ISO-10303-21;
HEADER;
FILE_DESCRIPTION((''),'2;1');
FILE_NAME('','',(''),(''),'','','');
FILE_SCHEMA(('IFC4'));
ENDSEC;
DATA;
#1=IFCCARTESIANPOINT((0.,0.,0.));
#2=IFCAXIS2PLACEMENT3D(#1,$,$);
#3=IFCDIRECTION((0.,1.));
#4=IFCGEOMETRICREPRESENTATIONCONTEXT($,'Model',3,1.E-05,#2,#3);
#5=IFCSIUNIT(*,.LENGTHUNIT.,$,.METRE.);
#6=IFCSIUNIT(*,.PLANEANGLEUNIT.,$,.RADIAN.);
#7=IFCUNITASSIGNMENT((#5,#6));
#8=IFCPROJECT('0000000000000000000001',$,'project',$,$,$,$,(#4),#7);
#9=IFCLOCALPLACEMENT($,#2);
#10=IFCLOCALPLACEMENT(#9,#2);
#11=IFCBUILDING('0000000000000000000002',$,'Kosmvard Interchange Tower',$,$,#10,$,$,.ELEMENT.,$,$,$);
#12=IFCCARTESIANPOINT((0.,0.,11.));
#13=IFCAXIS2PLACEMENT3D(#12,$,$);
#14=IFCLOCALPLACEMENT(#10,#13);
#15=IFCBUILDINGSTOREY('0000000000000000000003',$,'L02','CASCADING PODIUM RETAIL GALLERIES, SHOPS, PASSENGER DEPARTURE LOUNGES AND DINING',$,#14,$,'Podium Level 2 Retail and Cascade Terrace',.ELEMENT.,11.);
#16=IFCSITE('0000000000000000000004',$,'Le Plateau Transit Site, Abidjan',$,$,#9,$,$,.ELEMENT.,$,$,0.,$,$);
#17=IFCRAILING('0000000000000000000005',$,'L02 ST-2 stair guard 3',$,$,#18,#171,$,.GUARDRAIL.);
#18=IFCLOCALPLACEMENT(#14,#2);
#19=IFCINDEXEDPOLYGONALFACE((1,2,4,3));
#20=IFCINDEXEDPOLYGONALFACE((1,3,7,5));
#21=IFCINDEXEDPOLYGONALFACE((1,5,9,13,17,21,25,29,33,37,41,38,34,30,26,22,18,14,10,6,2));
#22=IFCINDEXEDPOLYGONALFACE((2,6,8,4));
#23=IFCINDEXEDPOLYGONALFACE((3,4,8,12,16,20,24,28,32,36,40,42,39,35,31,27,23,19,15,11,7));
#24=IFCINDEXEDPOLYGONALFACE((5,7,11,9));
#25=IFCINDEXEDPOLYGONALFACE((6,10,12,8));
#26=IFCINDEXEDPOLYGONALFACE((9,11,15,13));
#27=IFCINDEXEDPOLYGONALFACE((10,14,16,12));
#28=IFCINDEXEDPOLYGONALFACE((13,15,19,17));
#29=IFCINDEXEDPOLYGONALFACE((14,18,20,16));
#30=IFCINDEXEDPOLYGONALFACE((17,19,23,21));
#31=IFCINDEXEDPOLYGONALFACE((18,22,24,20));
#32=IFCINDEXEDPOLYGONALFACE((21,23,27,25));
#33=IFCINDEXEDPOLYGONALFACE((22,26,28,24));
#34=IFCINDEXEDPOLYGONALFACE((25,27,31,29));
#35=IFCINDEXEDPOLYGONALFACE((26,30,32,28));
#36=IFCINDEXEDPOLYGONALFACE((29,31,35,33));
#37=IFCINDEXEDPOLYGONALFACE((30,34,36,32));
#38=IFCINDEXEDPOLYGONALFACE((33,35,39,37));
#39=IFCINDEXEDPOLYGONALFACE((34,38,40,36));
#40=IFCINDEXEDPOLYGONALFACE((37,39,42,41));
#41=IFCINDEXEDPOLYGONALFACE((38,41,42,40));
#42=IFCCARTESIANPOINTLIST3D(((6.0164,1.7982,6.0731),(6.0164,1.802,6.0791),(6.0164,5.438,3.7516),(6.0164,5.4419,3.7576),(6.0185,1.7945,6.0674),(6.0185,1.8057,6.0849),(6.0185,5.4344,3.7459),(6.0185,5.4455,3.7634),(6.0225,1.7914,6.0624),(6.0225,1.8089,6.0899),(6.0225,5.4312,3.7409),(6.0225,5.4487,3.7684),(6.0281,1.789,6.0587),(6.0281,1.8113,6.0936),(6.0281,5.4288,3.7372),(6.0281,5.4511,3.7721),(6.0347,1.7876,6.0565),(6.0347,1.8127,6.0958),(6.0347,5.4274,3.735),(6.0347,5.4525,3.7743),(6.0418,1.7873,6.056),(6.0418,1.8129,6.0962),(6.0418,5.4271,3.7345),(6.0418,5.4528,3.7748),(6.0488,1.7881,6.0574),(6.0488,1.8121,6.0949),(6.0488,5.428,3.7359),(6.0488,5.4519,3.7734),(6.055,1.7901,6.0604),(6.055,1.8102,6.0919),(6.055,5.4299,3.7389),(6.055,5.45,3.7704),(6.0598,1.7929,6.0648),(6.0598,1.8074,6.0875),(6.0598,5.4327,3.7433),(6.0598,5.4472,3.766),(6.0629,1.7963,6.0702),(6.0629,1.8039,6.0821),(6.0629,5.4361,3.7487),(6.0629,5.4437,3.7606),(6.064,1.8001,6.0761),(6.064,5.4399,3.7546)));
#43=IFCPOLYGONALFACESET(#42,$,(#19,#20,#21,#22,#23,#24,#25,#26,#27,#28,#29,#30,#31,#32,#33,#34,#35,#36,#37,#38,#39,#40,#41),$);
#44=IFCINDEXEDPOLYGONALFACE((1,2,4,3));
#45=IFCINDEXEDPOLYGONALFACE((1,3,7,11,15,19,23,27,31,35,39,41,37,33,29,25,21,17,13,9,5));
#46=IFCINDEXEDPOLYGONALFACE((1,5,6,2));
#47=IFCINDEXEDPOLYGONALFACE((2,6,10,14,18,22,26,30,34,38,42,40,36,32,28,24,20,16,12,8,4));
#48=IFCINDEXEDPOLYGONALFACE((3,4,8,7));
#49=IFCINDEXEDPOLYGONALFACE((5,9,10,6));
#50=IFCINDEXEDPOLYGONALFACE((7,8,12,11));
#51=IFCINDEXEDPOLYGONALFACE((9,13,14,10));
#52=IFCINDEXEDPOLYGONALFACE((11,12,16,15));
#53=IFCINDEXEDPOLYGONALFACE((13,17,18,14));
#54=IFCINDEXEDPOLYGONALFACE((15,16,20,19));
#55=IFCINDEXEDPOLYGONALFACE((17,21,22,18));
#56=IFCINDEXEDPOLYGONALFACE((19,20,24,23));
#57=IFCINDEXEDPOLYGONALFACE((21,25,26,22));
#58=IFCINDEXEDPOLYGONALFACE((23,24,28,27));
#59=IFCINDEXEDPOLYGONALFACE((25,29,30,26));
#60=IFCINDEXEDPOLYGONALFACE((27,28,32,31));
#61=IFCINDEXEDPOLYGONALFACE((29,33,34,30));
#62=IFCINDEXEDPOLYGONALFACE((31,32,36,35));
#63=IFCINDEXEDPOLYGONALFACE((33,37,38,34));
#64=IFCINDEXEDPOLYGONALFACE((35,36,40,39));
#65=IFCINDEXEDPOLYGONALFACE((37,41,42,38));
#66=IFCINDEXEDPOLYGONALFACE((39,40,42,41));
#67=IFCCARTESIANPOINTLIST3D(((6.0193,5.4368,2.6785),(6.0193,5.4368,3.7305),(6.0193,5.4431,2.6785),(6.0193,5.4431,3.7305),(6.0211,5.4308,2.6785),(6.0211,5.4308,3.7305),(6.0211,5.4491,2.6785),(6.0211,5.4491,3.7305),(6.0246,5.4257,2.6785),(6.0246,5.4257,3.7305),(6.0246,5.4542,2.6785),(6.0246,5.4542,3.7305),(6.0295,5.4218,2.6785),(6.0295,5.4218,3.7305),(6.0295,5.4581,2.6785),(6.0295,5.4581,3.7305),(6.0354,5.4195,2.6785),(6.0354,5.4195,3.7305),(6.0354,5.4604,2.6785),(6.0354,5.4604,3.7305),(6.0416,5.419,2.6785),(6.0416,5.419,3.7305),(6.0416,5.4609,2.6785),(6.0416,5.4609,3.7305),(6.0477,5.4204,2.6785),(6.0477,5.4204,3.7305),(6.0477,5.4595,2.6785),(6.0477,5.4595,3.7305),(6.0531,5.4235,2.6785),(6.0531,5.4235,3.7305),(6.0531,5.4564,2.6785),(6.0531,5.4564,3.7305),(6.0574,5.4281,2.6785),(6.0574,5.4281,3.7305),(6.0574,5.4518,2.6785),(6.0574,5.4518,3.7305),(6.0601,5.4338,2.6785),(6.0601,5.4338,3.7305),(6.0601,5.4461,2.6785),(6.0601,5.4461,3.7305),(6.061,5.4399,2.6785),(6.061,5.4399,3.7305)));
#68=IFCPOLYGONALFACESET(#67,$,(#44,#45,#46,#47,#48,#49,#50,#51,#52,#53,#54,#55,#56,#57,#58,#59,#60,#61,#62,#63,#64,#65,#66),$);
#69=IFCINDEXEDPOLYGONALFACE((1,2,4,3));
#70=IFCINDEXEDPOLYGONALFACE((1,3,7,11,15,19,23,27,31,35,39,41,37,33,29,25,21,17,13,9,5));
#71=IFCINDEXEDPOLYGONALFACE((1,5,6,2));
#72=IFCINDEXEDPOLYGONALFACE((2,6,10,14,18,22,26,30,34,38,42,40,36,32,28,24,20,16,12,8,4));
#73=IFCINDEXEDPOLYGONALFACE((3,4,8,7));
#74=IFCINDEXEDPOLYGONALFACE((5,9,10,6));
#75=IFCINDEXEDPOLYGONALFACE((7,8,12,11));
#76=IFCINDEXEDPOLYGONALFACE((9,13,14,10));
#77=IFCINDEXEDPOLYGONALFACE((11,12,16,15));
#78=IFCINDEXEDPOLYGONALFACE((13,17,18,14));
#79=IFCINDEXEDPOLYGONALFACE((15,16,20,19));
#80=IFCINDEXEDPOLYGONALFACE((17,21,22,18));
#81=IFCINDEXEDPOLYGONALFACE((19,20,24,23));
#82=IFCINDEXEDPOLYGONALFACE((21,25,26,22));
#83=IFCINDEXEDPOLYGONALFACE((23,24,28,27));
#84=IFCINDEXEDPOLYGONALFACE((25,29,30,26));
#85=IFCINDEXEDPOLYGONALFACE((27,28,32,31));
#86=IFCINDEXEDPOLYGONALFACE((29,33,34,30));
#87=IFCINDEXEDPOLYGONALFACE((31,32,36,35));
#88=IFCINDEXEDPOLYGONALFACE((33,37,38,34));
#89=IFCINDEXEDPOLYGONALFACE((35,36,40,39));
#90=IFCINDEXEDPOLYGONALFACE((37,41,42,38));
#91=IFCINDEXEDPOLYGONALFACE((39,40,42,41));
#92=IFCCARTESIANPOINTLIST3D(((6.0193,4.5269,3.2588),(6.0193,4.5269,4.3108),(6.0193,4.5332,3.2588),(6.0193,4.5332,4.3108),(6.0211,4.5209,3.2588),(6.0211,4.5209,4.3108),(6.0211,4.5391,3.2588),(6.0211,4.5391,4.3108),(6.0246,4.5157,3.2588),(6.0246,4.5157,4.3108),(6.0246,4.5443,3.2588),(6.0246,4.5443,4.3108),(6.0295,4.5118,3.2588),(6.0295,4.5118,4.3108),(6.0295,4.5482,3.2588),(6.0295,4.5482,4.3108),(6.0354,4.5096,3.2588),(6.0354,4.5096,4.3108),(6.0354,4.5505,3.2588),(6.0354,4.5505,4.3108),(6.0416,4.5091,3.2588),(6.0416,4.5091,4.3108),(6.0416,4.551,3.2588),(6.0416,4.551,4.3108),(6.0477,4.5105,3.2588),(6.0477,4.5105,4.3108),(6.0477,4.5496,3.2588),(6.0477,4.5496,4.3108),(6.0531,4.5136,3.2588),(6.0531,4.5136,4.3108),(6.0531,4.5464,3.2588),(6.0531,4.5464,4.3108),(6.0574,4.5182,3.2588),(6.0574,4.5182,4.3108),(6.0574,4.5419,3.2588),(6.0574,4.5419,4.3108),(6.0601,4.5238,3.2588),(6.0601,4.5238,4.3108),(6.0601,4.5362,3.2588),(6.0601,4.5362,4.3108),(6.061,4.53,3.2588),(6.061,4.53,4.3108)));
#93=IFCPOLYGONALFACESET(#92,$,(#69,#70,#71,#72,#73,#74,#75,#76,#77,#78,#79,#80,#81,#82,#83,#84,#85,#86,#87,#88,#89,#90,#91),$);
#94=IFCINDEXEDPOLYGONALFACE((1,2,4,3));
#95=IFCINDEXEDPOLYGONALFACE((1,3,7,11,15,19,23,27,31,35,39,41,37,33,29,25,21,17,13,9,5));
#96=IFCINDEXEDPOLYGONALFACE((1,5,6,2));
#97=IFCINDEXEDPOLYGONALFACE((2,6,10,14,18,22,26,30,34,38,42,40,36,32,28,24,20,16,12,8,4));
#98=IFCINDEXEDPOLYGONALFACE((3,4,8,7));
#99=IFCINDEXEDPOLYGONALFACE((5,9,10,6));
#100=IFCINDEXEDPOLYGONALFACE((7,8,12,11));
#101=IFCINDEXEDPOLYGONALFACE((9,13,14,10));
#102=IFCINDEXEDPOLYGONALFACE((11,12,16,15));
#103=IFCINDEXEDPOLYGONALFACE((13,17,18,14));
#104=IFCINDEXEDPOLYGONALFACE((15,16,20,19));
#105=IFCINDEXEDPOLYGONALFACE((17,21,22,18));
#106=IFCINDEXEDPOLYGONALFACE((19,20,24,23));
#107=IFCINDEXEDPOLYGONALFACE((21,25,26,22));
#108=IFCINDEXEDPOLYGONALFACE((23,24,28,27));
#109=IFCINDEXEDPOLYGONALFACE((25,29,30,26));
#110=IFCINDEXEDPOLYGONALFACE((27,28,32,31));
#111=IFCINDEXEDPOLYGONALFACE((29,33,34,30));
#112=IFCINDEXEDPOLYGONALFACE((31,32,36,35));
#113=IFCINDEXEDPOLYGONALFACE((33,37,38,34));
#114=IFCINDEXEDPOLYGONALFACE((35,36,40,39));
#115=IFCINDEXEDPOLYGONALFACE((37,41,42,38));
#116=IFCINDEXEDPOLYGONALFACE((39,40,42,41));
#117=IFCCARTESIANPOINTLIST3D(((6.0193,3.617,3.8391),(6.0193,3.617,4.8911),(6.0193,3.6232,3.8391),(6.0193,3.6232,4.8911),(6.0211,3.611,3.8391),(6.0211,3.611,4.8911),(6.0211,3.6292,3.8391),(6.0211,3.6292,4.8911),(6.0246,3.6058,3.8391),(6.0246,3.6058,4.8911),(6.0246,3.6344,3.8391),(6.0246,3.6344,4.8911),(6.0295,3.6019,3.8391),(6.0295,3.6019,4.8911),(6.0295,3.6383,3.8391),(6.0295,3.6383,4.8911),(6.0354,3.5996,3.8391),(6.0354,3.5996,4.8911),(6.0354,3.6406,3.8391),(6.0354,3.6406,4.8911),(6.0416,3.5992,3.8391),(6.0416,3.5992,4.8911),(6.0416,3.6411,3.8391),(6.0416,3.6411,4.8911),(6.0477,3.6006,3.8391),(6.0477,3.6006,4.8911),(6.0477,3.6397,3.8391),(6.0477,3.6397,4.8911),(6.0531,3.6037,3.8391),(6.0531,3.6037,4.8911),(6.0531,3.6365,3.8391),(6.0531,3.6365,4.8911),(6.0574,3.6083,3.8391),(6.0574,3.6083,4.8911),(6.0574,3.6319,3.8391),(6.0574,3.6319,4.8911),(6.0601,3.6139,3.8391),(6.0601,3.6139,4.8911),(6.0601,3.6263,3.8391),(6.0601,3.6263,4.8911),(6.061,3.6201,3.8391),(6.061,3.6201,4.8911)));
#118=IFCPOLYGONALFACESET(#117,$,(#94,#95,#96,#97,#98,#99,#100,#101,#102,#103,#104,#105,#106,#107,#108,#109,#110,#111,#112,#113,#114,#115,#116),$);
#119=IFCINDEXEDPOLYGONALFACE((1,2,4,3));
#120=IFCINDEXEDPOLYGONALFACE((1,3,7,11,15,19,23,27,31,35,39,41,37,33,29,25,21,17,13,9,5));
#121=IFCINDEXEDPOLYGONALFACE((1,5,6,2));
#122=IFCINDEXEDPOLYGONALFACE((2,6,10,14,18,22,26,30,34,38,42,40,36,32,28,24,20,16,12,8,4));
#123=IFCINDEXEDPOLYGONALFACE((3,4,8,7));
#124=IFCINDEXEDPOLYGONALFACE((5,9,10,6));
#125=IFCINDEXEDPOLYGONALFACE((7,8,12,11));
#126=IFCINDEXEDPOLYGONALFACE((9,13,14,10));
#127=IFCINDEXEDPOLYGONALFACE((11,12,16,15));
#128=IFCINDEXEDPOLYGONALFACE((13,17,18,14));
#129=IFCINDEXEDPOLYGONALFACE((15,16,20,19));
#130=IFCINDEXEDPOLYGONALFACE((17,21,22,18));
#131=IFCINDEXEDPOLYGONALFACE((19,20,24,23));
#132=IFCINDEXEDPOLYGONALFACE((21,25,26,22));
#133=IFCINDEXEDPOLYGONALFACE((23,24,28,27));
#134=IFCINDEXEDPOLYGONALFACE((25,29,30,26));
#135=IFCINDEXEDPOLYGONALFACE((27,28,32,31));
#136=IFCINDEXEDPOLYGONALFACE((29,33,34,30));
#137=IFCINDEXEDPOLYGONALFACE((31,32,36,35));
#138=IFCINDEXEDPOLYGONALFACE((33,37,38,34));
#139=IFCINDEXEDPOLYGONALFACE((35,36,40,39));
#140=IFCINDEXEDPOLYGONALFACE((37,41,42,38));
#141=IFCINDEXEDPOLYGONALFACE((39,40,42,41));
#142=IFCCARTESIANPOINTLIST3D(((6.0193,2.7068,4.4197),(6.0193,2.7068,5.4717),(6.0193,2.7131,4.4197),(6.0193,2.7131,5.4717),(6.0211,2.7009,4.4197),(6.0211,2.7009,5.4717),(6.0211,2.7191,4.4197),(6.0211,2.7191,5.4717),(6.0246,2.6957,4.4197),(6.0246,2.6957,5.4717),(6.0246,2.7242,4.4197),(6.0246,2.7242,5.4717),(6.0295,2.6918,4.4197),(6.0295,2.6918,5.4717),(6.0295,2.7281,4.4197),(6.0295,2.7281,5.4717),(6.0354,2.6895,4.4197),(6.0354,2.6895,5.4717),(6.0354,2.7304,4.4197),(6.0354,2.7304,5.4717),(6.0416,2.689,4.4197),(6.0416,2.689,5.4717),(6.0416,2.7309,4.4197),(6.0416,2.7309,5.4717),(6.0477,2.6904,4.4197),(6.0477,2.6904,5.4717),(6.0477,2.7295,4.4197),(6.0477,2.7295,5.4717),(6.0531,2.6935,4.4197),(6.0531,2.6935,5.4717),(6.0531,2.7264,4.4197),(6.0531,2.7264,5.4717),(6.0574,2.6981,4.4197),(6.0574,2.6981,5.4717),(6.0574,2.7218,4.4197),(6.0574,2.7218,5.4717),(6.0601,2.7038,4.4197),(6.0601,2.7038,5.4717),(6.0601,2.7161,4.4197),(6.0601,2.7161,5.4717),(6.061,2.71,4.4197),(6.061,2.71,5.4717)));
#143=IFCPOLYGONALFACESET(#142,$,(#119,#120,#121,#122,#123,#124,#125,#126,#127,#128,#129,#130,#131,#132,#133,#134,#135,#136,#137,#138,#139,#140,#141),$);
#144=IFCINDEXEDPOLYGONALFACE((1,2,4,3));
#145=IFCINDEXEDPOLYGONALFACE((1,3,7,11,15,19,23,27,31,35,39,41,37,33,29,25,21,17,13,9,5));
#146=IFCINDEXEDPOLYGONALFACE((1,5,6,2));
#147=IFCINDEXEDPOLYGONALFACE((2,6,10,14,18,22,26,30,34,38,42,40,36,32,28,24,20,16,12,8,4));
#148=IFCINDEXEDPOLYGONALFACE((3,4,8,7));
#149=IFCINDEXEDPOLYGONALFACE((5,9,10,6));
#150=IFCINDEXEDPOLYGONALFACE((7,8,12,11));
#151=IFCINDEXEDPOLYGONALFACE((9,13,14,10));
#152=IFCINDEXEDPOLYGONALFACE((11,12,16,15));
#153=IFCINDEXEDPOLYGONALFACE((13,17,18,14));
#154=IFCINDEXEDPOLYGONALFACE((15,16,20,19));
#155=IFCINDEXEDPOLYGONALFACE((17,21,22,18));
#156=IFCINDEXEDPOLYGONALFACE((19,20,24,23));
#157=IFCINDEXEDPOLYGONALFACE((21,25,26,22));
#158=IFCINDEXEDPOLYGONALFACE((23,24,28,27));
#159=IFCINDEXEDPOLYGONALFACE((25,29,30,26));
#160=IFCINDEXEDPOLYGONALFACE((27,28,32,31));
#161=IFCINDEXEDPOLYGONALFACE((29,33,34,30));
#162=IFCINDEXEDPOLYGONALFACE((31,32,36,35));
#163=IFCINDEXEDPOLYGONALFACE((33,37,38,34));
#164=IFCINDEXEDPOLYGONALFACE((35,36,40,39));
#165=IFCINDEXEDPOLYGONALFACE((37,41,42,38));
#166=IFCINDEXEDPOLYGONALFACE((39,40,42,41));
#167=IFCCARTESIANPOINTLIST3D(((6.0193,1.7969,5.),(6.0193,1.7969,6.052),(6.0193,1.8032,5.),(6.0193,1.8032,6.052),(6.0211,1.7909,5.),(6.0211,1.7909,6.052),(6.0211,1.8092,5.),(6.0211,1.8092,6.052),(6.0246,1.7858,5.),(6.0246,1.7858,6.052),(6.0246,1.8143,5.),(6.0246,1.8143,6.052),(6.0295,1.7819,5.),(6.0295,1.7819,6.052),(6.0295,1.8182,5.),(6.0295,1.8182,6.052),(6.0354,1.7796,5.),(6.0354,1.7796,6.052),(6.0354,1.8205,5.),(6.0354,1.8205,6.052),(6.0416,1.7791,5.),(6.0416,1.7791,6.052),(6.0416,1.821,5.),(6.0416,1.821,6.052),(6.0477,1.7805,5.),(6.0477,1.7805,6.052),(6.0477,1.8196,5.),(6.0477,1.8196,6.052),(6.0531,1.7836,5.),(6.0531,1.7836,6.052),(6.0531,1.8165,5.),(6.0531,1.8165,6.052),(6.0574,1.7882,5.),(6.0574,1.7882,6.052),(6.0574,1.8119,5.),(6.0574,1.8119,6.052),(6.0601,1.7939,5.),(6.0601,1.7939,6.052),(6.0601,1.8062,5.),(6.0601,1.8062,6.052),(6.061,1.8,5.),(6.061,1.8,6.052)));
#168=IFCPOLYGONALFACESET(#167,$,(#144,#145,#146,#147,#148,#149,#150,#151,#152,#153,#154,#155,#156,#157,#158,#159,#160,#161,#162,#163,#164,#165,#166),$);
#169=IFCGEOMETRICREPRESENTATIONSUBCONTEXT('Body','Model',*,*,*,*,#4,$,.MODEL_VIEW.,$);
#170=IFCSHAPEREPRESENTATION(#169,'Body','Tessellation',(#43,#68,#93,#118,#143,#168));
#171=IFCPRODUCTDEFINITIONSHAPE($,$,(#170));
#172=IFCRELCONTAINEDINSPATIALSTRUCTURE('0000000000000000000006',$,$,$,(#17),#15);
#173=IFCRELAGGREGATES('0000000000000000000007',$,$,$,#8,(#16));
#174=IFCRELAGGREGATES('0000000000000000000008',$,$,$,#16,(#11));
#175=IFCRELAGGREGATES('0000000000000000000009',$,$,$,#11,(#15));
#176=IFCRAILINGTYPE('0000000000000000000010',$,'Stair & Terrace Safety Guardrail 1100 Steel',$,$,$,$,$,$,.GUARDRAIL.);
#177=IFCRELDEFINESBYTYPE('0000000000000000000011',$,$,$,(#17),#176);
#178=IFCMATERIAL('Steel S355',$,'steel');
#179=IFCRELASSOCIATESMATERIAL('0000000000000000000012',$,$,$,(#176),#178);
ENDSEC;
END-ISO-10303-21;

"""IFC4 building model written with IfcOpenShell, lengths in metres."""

from ifc_helpers import new_model, si_unit, direction, frame, origin, origin_2d, place, context, subcontext, project, spatial, circle, extrude, source, transform, mapped, material, type_object, element, save


model = new_model("IFC4")

# Units and contexts
model_context = context("Model", 3, precision=1e-05, world=origin(), true_north=direction((0.0, 1.0)))
body_context = subcontext(model_context, "Body", "Model", "MODEL_VIEW")
ifc_project = project(units=[si_unit("LENGTHUNIT", "METRE"), si_unit("PLANEANGLEUNIT", "RADIAN")], contexts=[model_context])

# Site, building, storey
site_placement = place(None, origin())
site = spatial("IfcSite", under=ifc_project, at=site_placement, Name="Le Plateau Transit Site, Abidjan", CompositionType="ELEMENT", RefElevation=0.0)
building_placement = place(site_placement, origin())
building = spatial("IfcBuilding", under=site, at=building_placement, Name="Kosmvard Interchange Tower", CompositionType="ELEMENT")
storey_placement = place(building_placement, frame((0.0, 0.0, 11.0)))
storey = spatial("IfcBuildingStorey", under=building, at=storey_placement, Name="L02", Description="CASCADING PODIUM RETAIL GALLERIES, SHOPS, PASSENGER DEPARTURE LOUNGES AND DINING", LongName="Podium Level 2 Retail and Cascade Terrace", CompositionType="ELEMENT", Elevation=11.0)

# Shared definitions
ifc_material_1 = material(Name="Steel S355", Category="steel")

# Railing
railing_type_1 = type_object("IfcRailingType", Name="Stair & Terrace Safety Guardrail 1100 Steel", PredefinedType="GUARDRAIL", material=ifc_material_1)
shared_shape_1 = source(origin(), body_context, "Body", "SweptSolid", [
    extrude(circle(Radius=0.0239, at=origin_2d()), frame((0.0, 0.0, 1.0762), z_axis=(0.0, -0.843112, 0.537739), x_axis=(1.0, 0.0, 0.0)), (0.0, 0.0, 1.0), 4.3171),
    extrude(circle(Radius=0.021, at=origin_2d()), origin(), (0.0, 0.0, 1.0), 1.052),
    extrude(circle(Radius=0.021, at=origin_2d()), frame((0.0, -0.9099, 0.5803)), (0.0, 0.0, 1.0), 1.052),
    extrude(circle(Radius=0.021, at=origin_2d()), frame((0.0, -1.8198, 1.1606)), (0.0, 0.0, 1.0), 1.052),
    extrude(circle(Radius=0.021, at=origin_2d()), frame((0.0, -2.73, 1.7412)), (0.0, 0.0, 1.0), 1.052),
    extrude(circle(Radius=0.021, at=origin_2d()), frame((0.0, -3.6399, 2.3215)), (0.0, 0.0, 1.0), 1.052),
])
railing_1_placement = place(storey_placement, frame((6.04, 5.4399, 2.6785)))
element("IfcRailing", 1, at=railing_1_placement, inside=storey, type_object=railing_type_1, Name="L02 ST-2 stair guard 3", PredefinedType="GUARDRAIL", context=body_context, shape_type="MappedRepresentation", body=[
    mapped(shared_shape_1, transform((0.0, 0.0, 0.0), scale=1.0)),
])

save(model, "model.ifc")
